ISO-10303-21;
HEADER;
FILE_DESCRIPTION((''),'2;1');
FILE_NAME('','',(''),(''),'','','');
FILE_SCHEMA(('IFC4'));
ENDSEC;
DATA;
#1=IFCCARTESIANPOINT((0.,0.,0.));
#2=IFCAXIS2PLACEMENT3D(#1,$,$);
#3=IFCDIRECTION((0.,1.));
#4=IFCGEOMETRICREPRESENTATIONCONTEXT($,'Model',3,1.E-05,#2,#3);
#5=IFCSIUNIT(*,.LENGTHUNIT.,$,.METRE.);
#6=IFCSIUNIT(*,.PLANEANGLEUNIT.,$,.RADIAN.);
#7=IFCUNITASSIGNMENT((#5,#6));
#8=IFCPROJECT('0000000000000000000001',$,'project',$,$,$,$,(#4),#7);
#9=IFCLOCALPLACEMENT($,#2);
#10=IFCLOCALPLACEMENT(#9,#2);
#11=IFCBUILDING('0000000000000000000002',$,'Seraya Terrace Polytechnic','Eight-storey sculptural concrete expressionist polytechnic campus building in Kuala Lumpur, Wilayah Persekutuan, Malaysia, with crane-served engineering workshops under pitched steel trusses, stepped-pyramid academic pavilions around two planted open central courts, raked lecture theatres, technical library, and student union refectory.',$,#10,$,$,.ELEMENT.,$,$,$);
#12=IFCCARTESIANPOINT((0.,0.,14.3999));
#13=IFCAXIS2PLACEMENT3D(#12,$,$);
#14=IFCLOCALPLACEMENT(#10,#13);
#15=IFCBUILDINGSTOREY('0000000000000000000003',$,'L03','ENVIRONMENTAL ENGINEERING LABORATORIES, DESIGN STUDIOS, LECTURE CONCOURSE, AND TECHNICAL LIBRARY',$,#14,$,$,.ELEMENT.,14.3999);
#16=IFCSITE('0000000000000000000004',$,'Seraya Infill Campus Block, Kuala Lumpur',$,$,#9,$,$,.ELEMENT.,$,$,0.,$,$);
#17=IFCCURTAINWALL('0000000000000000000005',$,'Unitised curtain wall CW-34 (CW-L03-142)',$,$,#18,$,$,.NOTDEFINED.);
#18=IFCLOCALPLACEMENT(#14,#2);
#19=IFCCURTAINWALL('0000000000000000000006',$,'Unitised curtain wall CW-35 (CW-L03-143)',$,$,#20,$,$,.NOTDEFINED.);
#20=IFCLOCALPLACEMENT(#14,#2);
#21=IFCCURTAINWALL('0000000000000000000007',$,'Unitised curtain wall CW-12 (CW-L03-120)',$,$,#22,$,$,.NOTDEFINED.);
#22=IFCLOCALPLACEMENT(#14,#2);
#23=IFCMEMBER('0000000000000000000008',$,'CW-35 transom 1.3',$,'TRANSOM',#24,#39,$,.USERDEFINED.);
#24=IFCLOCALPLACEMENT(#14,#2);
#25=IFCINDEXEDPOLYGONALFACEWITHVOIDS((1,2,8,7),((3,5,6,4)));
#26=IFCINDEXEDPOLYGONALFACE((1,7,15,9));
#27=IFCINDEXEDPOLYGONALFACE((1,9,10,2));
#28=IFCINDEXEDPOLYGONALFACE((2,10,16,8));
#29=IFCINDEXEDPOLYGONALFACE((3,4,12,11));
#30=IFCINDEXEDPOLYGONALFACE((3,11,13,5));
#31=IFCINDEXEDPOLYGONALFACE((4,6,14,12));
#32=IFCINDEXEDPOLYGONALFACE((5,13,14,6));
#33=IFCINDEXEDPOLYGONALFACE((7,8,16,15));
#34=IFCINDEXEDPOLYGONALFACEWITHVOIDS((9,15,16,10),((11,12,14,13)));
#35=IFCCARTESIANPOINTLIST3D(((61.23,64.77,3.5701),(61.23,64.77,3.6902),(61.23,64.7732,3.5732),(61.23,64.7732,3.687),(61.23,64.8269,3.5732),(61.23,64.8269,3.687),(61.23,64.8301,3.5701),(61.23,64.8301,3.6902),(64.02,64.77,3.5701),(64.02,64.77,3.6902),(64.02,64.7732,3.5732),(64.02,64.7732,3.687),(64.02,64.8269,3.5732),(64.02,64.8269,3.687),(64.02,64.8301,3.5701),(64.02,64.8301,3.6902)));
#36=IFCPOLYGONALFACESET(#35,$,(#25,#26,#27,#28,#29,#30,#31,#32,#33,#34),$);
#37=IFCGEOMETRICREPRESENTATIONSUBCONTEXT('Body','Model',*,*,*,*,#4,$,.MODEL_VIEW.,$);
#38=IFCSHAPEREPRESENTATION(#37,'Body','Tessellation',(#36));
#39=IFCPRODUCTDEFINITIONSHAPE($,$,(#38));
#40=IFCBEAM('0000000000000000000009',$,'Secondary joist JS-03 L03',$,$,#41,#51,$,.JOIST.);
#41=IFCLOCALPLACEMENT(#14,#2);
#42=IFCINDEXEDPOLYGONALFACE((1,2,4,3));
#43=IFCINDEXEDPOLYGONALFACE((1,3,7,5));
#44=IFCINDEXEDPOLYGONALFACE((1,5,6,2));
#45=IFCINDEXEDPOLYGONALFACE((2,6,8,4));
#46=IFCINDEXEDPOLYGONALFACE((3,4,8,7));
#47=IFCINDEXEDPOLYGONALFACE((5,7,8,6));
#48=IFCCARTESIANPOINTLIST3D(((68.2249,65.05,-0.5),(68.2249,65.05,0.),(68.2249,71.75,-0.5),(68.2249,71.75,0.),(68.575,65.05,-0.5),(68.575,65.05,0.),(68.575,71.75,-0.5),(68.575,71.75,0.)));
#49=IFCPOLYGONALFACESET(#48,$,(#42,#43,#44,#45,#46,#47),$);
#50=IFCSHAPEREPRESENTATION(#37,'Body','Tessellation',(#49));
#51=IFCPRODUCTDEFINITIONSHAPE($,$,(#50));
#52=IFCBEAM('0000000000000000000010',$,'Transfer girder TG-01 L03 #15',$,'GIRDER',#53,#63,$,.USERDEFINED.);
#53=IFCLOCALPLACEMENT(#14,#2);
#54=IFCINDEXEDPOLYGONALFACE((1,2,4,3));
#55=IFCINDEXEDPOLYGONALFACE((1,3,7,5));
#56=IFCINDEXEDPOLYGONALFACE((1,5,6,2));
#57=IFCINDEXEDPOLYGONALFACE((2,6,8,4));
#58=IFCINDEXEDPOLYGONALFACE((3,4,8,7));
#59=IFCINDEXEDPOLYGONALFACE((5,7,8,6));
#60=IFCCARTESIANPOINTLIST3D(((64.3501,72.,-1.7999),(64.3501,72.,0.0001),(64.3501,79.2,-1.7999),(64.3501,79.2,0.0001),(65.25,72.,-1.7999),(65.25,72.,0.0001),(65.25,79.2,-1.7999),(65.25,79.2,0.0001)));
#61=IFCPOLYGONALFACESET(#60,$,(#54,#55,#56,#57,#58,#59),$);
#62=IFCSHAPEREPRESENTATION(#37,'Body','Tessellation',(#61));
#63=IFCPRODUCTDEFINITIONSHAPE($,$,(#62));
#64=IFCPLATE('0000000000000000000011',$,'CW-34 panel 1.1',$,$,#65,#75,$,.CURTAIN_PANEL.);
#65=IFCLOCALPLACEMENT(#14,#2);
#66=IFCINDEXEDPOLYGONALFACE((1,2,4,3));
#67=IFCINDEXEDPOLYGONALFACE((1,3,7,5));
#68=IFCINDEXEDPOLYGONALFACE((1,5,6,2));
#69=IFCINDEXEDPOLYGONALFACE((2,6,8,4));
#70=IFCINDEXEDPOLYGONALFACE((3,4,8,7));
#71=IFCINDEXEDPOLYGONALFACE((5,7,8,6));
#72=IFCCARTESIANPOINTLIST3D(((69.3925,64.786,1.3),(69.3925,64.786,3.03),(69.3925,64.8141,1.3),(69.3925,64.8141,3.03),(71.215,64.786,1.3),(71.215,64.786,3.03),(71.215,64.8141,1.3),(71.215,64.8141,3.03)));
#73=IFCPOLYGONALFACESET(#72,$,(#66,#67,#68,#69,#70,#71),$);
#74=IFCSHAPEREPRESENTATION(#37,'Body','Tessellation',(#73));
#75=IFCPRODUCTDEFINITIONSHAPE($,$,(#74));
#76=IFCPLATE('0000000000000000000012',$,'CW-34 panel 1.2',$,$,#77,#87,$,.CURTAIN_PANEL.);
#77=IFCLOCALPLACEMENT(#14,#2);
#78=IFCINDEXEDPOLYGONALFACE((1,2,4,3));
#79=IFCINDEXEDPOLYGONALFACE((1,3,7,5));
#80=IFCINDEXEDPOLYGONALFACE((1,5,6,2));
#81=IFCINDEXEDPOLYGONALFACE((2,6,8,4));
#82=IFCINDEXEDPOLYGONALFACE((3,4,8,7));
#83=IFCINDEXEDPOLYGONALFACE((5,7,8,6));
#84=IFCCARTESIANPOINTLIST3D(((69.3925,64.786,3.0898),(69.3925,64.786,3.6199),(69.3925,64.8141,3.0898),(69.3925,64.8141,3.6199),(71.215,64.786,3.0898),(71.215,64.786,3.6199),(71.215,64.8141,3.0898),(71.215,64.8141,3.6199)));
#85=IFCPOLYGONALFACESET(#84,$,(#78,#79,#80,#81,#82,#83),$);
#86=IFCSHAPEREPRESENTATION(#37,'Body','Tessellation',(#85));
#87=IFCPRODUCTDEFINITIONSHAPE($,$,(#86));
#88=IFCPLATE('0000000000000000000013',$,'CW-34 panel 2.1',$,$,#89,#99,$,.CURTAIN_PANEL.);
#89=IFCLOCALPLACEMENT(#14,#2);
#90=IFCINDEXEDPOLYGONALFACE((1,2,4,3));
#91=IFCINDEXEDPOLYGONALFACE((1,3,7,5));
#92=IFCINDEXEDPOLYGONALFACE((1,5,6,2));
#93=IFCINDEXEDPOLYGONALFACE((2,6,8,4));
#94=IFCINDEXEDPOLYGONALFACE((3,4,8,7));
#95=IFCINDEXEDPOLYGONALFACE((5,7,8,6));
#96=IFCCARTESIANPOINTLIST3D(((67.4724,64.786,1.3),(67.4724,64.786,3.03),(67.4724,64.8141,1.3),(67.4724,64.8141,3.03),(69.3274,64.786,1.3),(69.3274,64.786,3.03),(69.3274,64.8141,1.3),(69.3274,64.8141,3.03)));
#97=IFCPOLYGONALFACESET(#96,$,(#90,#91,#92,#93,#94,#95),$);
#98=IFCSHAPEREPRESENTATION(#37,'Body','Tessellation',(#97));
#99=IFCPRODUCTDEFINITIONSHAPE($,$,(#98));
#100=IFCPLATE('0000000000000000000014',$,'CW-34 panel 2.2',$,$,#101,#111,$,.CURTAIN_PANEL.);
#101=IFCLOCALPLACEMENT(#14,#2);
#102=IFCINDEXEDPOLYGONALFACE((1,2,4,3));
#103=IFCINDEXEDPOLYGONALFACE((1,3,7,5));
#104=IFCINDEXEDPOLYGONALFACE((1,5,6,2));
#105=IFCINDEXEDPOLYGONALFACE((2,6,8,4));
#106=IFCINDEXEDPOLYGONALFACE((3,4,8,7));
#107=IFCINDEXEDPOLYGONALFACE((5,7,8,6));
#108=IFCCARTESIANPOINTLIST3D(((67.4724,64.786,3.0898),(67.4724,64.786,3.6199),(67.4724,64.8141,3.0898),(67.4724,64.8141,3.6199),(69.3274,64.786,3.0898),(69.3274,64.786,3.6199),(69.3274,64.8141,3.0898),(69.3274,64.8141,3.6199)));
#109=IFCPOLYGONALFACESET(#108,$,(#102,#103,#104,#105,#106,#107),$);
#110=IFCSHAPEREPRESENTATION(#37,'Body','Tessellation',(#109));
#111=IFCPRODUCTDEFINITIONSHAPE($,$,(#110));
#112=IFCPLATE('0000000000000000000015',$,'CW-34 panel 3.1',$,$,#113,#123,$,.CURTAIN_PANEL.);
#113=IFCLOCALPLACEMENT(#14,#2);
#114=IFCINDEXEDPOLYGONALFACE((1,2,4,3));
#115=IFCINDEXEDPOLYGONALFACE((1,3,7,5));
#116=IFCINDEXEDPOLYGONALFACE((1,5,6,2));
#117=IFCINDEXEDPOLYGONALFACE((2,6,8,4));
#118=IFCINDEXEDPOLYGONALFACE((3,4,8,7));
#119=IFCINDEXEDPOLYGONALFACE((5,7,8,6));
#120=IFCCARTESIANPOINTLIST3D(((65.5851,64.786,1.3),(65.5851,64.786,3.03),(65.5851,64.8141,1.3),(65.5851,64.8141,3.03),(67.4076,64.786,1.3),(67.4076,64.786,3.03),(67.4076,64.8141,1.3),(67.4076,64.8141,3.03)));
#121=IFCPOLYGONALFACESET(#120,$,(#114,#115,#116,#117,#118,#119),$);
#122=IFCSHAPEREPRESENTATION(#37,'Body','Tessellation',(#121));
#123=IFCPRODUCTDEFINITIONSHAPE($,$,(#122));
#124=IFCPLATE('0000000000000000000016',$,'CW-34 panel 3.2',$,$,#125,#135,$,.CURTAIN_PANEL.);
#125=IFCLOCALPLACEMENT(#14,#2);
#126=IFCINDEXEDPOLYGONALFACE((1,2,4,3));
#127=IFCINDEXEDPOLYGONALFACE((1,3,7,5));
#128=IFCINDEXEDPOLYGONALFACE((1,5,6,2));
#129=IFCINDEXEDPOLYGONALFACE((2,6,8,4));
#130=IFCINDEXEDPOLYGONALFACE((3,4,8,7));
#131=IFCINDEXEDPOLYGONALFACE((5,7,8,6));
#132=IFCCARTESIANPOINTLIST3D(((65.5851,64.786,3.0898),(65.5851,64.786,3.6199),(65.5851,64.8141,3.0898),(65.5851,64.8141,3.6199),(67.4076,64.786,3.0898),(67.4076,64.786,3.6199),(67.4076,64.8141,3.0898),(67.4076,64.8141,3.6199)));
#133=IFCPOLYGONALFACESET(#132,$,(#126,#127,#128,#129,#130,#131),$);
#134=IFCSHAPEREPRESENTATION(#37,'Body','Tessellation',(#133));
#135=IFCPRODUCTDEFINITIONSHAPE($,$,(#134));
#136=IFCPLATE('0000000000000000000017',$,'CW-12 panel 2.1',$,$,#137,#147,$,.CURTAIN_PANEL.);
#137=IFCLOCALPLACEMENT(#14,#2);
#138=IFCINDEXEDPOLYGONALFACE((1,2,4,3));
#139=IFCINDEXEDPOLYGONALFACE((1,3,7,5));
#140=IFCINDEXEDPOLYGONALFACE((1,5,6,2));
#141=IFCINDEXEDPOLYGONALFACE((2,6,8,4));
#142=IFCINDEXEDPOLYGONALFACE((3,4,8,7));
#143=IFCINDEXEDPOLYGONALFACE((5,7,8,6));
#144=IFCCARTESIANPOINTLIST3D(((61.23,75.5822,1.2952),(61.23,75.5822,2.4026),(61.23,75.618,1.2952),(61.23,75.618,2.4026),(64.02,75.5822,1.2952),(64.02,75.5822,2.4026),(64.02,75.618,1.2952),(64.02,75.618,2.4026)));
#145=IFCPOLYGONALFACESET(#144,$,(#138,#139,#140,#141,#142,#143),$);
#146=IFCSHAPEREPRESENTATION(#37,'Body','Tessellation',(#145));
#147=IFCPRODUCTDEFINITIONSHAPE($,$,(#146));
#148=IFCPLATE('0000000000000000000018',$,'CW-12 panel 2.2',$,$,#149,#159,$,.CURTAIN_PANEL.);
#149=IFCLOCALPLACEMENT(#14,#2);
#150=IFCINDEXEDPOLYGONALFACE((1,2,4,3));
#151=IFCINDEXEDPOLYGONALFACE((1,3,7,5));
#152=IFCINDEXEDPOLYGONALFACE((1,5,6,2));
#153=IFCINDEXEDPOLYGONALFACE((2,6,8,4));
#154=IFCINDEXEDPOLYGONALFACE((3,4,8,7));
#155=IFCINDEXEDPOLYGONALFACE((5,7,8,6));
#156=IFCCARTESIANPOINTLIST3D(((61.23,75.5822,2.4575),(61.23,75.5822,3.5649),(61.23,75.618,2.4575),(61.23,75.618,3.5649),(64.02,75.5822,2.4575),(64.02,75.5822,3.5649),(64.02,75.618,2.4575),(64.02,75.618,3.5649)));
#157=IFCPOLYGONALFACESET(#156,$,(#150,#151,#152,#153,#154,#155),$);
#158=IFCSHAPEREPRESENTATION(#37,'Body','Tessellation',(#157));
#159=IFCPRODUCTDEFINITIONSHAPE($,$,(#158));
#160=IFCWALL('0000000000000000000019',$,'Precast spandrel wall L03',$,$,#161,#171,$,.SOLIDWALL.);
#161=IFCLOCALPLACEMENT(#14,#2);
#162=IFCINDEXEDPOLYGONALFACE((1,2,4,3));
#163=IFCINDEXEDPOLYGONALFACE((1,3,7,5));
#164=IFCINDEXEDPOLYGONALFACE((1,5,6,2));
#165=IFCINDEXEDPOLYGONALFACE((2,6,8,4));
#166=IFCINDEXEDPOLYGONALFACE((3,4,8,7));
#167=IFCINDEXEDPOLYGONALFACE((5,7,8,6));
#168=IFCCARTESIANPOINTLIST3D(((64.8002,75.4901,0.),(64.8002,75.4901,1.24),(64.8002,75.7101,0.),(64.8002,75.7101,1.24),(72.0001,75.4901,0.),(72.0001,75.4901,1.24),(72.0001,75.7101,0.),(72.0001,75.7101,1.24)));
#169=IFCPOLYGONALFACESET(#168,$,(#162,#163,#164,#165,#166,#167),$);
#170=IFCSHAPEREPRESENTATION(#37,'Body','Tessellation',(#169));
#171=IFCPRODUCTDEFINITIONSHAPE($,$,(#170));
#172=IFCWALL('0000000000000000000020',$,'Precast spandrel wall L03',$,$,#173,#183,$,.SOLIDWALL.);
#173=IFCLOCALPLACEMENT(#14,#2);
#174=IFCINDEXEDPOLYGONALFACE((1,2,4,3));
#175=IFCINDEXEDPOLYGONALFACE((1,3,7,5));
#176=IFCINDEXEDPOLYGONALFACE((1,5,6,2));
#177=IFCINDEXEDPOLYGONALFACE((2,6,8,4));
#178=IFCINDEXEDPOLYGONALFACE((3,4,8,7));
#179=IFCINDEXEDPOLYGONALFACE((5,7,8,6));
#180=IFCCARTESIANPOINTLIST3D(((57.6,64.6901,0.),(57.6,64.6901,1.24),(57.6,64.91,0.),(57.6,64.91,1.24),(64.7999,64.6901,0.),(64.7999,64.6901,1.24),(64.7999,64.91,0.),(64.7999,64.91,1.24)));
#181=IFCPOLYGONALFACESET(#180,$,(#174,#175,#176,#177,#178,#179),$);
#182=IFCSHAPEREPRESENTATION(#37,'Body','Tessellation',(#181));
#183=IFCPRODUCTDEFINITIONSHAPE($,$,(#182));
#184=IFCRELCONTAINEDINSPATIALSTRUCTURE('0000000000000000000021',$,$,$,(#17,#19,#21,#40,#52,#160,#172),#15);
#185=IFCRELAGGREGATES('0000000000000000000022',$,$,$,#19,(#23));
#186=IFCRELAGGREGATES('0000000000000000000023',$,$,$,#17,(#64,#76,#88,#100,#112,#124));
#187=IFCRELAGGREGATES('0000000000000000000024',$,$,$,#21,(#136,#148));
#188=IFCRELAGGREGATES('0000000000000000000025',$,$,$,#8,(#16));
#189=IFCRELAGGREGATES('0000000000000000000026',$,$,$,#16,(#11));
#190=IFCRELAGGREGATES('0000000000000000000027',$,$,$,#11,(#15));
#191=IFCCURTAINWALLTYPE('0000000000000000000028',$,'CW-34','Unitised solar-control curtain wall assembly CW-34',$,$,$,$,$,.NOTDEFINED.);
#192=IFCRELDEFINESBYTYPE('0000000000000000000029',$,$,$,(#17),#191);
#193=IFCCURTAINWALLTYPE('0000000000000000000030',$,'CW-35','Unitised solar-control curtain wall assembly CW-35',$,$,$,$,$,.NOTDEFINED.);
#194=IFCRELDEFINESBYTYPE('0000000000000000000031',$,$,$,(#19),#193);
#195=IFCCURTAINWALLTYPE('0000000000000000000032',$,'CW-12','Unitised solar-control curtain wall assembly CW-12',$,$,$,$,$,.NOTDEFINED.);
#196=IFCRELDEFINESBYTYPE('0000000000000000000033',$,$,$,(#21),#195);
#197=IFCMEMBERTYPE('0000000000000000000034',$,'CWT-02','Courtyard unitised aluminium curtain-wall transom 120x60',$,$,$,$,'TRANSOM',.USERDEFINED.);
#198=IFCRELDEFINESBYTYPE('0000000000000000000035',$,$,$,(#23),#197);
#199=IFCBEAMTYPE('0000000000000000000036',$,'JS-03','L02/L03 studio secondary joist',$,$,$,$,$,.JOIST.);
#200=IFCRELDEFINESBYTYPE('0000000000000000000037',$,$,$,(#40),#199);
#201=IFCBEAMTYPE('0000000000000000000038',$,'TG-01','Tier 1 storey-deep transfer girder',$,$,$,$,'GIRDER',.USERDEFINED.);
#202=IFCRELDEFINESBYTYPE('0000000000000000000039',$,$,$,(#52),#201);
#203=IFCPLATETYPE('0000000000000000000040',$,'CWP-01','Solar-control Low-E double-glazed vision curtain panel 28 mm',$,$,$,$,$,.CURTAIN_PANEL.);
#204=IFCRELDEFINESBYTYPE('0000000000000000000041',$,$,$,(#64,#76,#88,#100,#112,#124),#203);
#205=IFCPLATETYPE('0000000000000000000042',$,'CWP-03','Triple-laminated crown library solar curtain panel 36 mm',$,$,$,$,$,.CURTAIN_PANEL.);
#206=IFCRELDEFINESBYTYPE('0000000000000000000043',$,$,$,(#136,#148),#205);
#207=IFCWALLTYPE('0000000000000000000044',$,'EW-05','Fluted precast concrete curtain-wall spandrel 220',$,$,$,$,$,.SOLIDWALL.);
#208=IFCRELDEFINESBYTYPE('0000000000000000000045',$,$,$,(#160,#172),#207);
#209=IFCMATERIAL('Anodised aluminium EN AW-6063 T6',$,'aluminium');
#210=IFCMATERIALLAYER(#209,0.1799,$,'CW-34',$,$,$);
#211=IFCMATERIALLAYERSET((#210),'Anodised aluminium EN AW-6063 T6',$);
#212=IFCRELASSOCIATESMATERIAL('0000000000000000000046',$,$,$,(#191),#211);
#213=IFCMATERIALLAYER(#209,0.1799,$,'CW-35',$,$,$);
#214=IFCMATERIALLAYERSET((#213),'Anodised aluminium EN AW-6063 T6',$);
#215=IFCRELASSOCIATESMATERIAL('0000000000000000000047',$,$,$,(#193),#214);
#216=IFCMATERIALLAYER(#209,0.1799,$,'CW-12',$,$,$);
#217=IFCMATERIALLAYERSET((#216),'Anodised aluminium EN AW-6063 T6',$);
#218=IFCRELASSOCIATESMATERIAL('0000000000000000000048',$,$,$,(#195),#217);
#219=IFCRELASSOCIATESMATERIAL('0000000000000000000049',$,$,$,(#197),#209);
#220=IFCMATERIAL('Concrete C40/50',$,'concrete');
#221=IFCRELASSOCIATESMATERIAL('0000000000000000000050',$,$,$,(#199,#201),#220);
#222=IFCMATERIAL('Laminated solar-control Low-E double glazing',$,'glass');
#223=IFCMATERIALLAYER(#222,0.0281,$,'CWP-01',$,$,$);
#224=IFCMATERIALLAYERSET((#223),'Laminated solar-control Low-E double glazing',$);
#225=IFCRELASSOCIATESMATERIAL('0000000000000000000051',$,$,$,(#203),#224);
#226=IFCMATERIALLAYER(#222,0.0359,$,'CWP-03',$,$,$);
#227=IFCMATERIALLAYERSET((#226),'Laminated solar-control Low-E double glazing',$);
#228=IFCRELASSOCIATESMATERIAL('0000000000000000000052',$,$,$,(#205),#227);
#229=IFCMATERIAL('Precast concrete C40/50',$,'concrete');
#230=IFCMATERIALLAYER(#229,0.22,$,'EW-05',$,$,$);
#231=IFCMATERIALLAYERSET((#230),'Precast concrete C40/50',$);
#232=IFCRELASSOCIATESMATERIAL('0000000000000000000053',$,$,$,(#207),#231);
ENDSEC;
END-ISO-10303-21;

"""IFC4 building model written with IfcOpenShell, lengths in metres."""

from ifc_helpers import new_model, si_unit, direction, frame, frame_2d, origin, origin_2d, place, context, subcontext, project, spatial, rectangle, hollow_rectangle, extrude, material, layer, layer_set, material_profile, profile_set, type_object, element, aggregate, save


model = new_model("IFC4")

# Units and contexts
model_context = context("Model", 3, precision=1e-05, world=origin(), true_north=direction((0.0, 1.0)))
body_context = subcontext(model_context, "Body", "Model", "MODEL_VIEW")
ifc_project = project(units=[si_unit("LENGTHUNIT", "METRE"), si_unit("PLANEANGLEUNIT", "RADIAN")], contexts=[model_context])

# Site, building, storey
site_placement = place(None, origin())
site = spatial("IfcSite", under=ifc_project, at=site_placement, Name="Seraya Infill Campus Block, Kuala Lumpur", CompositionType="ELEMENT", RefElevation=0.0)
building_placement = place(site_placement, origin())
building = spatial("IfcBuilding", under=site, at=building_placement, Name="Seraya Terrace Polytechnic", Description="Eight-storey sculptural concrete expressionist polytechnic campus building in Kuala Lumpur, Wilayah Persekutuan, Malaysia, with crane-served engineering workshops under pitched steel trusses, stepped-pyramid academic pavilions around two planted open central courts, raked lecture theatres, technical library, and student union refectory.", CompositionType="ELEMENT")
storey_placement = place(building_placement, frame((0.0, 0.0, 14.3999)))
storey = spatial("IfcBuildingStorey", under=building, at=storey_placement, Name="L03", Description="ENVIRONMENTAL ENGINEERING LABORATORIES, DESIGN STUDIOS, LECTURE CONCOURSE, AND TECHNICAL LIBRARY", CompositionType="ELEMENT", Elevation=14.3999)

# Shared definitions
ifc_material_1 = material(Name="Concrete C40/50", Category="concrete")

# Shared definitions
ifc_material_2 = material(Name="Anodised aluminium EN AW-6063 T6", Category="aluminium")

# Curtain wall
ifc_layer_1 = layer(ifc_material_2, 0.1799, Name="CW-34")
ifc_layer_set_1 = layer_set([ifc_layer_1], Name="Anodised aluminium EN AW-6063 T6")
curtain_wall_type_1 = type_object("IfcCurtainWallType", Name="CW-34", Description="Unitised solar-control curtain wall assembly CW-34", PredefinedType="NOTDEFINED", material=ifc_layer_set_1)
curtain_wall_1_placement = place(storey_placement, origin())
curtain_wall_1 = element("IfcCurtainWall", 1, at=curtain_wall_1_placement, inside=storey, type_object=curtain_wall_type_1, Name="Unitised curtain wall CW-34 (CW-L03-142)", PredefinedType="NOTDEFINED")

# Curtain walls
ifc_layer_2 = layer(ifc_material_2, 0.1799, Name="CW-35")
ifc_layer_set_2 = layer_set([ifc_layer_2], Name="Anodised aluminium EN AW-6063 T6")
curtain_wall_type_2 = type_object("IfcCurtainWallType", Name="CW-35", Description="Unitised solar-control curtain wall assembly CW-35", PredefinedType="NOTDEFINED", material=ifc_layer_set_2)
curtain_wall_2_placement = place(storey_placement, origin())
curtain_wall_2 = element("IfcCurtainWall", 2, at=curtain_wall_2_placement, inside=storey, type_object=curtain_wall_type_2, Name="Unitised curtain wall CW-35 (CW-L03-143)", PredefinedType="NOTDEFINED")
ifc_layer_3 = layer(ifc_material_2, 0.1799, Name="CW-12")
ifc_layer_set_3 = layer_set([ifc_layer_3], Name="Anodised aluminium EN AW-6063 T6")
curtain_wall_type_3 = type_object("IfcCurtainWallType", Name="CW-12", Description="Unitised solar-control curtain wall assembly CW-12", PredefinedType="NOTDEFINED", material=ifc_layer_set_3)
curtain_wall_3_placement = place(storey_placement, origin())
curtain_wall_3 = element("IfcCurtainWall", 3, at=curtain_wall_3_placement, inside=storey, type_object=curtain_wall_type_3, Name="Unitised curtain wall CW-12 (CW-L03-120)", PredefinedType="NOTDEFINED")

# Member
ifc_material_profile_1 = material_profile(ifc_material_2, hollow_rectangle(XDim=0.0601, YDim=0.1201, WallThickness=0.0032, at=origin_2d()), Name="RHS 120x60x3.2")
ifc_profile_set_1 = profile_set([ifc_material_profile_1], Name="Anodised aluminium EN AW-6063 T6")
member_type_1 = type_object("IfcMemberType", Name="CWT-02", Description="Courtyard unitised aluminium curtain-wall transom 120x60", ElementType="TRANSOM", PredefinedType="USERDEFINED", material=ifc_profile_set_1)
member_1_placement = place(storey_placement, frame((64.02, 64.8, 3.6301), z_axis=(-1.0, 0.0, 0.0), x_axis=(0.0, -1.0, 0.0)))
member_1 = element("IfcMember", 4, at=member_1_placement, type_object=member_type_1, Name="CW-35 transom 1.3", ObjectType="TRANSOM", PredefinedType="USERDEFINED", context=body_context, shape_type="SweptSolid", body=[
    extrude(hollow_rectangle(XDim=0.0601, YDim=0.1201, WallThickness=0.0032, at=origin_2d()), origin(), (0.0, 0.0, 1.0), 2.79),
])
aggregate(curtain_wall_2, [member_1])

# Beams
ifc_material_profile_2 = material_profile(ifc_material_1, rectangle(XDim=0.3501, YDim=0.5, at=origin_2d()), Name="RC 350x500")
ifc_profile_set_2 = profile_set([ifc_material_profile_2], Name="Concrete C40/50")
beam_type_1 = type_object("IfcBeamType", Name="JS-03", Description="L02/L03 studio secondary joist", PredefinedType="JOIST", material=ifc_profile_set_2)
beam_1_placement = place(storey_placement, frame((68.3999, 65.05, -0.25), z_axis=(0.0, 1.0, 0.0), x_axis=(-1.0, 0.0, 0.0)))
element("IfcBeam", 5, at=beam_1_placement, inside=storey, type_object=beam_type_1, Name="Secondary joist JS-03 L03", PredefinedType="JOIST", context=body_context, shape_type="SweptSolid", body=[
    extrude(rectangle(XDim=0.3501, YDim=0.5, at=origin_2d()), origin(), (0.0, 0.0, 1.0), 6.7),
])
ifc_material_profile_3 = material_profile(ifc_material_1, rectangle(XDim=0.8999, YDim=1.8, at=origin_2d()), Name="RC 900x1800")
ifc_profile_set_3 = profile_set([ifc_material_profile_3], Name="Concrete C40/50")
beam_type_2 = type_object("IfcBeamType", Name="TG-01", Description="Tier 1 storey-deep transfer girder", ElementType="GIRDER", PredefinedType="USERDEFINED", material=ifc_profile_set_3)
beam_2_placement = place(storey_placement, frame((64.8, 72.0, -0.8999), z_axis=(0.0, 1.0, 0.0), x_axis=(-1.0, 0.0, 0.0)))
element("IfcBeam", 6, at=beam_2_placement, inside=storey, type_object=beam_type_2, Name="Transfer girder TG-01 L03 #15", ObjectType="GIRDER", PredefinedType="USERDEFINED", context=body_context, shape_type="SweptSolid", body=[
    extrude(rectangle(XDim=0.8999, YDim=1.8, at=origin_2d()), origin(), (0.0, 0.0, 1.0), 7.2),
])

# Plates
ifc_material_3 = material(Name="Laminated solar-control Low-E double glazing", Category="glass")
ifc_layer_4 = layer(ifc_material_3, 0.0281, Name="CWP-01")
ifc_layer_set_4 = layer_set([ifc_layer_4], Name="Laminated solar-control Low-E double glazing")
plate_type_1 = type_object("IfcPlateType", Name="CWP-01", Description="Solar-control Low-E double-glazed vision curtain panel 28 mm", PredefinedType="CURTAIN_PANEL", material=ifc_layer_set_4)
plate_1_placement = place(storey_placement, frame((70.3037, 64.8, 1.3), z_axis=(0.0, 0.0, 1.0), x_axis=(-1.0, 0.0, 0.0)))
plate_1 = element("IfcPlate", 7, at=plate_1_placement, type_object=plate_type_1, Name="CW-34 panel 1.1", PredefinedType="CURTAIN_PANEL", context=body_context, shape_type="SweptSolid", body=[
    extrude(rectangle(XDim=1.8225, YDim=0.0281, at=origin_2d()), origin(), (0.0, 0.0, 1.0), 1.73),
])
plate_2_placement = place(storey_placement, frame((70.3037, 64.8, 3.0898), z_axis=(0.0, 0.0, 1.0), x_axis=(-1.0, 0.0, 0.0)))
plate_2 = element("IfcPlate", 8, at=plate_2_placement, type_object=plate_type_1, Name="CW-34 panel 1.2", PredefinedType="CURTAIN_PANEL", context=body_context, shape_type="SweptSolid", body=[
    extrude(rectangle(XDim=1.8225, YDim=0.0281, at=origin_2d()), origin(), (0.0, 0.0, 1.0), 0.53),
])
plate_3_placement = place(storey_placement, frame((68.3999, 64.8, 1.3), z_axis=(0.0, 0.0, 1.0), x_axis=(-1.0, 0.0, 0.0)))
plate_3 = element("IfcPlate", 9, at=plate_3_placement, type_object=plate_type_1, Name="CW-34 panel 2.1", PredefinedType="CURTAIN_PANEL", context=body_context, shape_type="SweptSolid", body=[
    extrude(rectangle(XDim=1.855, YDim=0.0281, at=origin_2d()), origin(), (0.0, 0.0, 1.0), 1.73),
])
plate_4_placement = place(storey_placement, frame((68.3999, 64.8, 3.0898), z_axis=(0.0, 0.0, 1.0), x_axis=(-1.0, 0.0, 0.0)))
plate_4 = element("IfcPlate", 10, at=plate_4_placement, type_object=plate_type_1, Name="CW-34 panel 2.2", PredefinedType="CURTAIN_PANEL", context=body_context, shape_type="SweptSolid", body=[
    extrude(rectangle(XDim=1.855, YDim=0.0281, at=origin_2d()), origin(), (0.0, 0.0, 1.0), 0.53),
])
plate_5_placement = place(storey_placement, frame((66.4963, 64.8, 1.3), z_axis=(0.0, 0.0, 1.0), x_axis=(-1.0, 0.0, 0.0)))
plate_5 = element("IfcPlate", 11, at=plate_5_placement, type_object=plate_type_1, Name="CW-34 panel 3.1", PredefinedType="CURTAIN_PANEL", context=body_context, shape_type="SweptSolid", body=[
    extrude(rectangle(XDim=1.8225, YDim=0.0281, at=origin_2d()), origin(), (0.0, 0.0, 1.0), 1.73),
])
plate_6_placement = place(storey_placement, frame((66.4963, 64.8, 3.0898), z_axis=(0.0, 0.0, 1.0), x_axis=(-1.0, 0.0, 0.0)))
plate_6 = element("IfcPlate", 12, at=plate_6_placement, type_object=plate_type_1, Name="CW-34 panel 3.2", PredefinedType="CURTAIN_PANEL", context=body_context, shape_type="SweptSolid", body=[
    extrude(rectangle(XDim=1.8225, YDim=0.0281, at=origin_2d()), origin(), (0.0, 0.0, 1.0), 0.53),
])
aggregate(curtain_wall_1, [plate_1, plate_2, plate_3, plate_4, plate_5, plate_6])
ifc_layer_5 = layer(ifc_material_3, 0.0359, Name="CWP-03")
ifc_layer_set_5 = layer_set([ifc_layer_5], Name="Laminated solar-control Low-E double glazing")
plate_type_2 = type_object("IfcPlateType", Name="CWP-03", Description="Triple-laminated crown library solar curtain panel 36 mm", PredefinedType="CURTAIN_PANEL", material=ifc_layer_set_5)
plate_7_placement = place(storey_placement, frame((62.625, 75.6001, 1.2952), z_axis=(0.0, 0.0, 1.0), x_axis=(1.0, 0.0, 0.0)))
plate_7 = element("IfcPlate", 13, at=plate_7_placement, type_object=plate_type_2, Name="CW-12 panel 2.1", PredefinedType="CURTAIN_PANEL", context=body_context, shape_type="SweptSolid", body=[
    extrude(rectangle(XDim=2.79, YDim=0.0359, at=origin_2d()), origin(), (0.0, 0.0, 1.0), 1.1074),
])
plate_8_placement = place(storey_placement, frame((62.625, 75.6001, 2.4575), z_axis=(0.0, 0.0, 1.0), x_axis=(1.0, 0.0, 0.0)))
plate_8 = element("IfcPlate", 14, at=plate_8_placement, type_object=plate_type_2, Name="CW-12 panel 2.2", PredefinedType="CURTAIN_PANEL", context=body_context, shape_type="SweptSolid", body=[
    extrude(rectangle(XDim=2.79, YDim=0.0359, at=origin_2d()), origin(), (0.0, 0.0, 1.0), 1.1074),
])
aggregate(curtain_wall_3, [plate_7, plate_8])

# Walls
ifc_material_4 = material(Name="Precast concrete C40/50", Category="concrete")
ifc_layer_6 = layer(ifc_material_4, 0.22, Name="EW-05")
ifc_layer_set_6 = layer_set([ifc_layer_6], Name="Precast concrete C40/50")
wall_type = type_object("IfcWallType", Name="EW-05", Description="Fluted precast concrete curtain-wall spandrel 220", PredefinedType="SOLIDWALL", material=ifc_layer_set_6)
for number, where, z_axis, x_axis, name in (
    (15, (64.8, 75.6001, 0.0), (0.0, 0.0, 1.0), (1.0, 0.0, 0.0), "Precast spandrel wall L03"),
    (16, (64.8, 64.8, 0.0), (0.0, 0.0, 1.0), (-1.0, 0.0, 0.0), "Precast spandrel wall L03"),
):
    element("IfcWall", number, at=place(storey_placement, frame(where, z_axis=z_axis, x_axis=x_axis)), inside=storey, type_object=wall_type, Name=name, PredefinedType="SOLIDWALL", context=body_context, shape_type="SweptSolid", body=[
        extrude(rectangle(XDim=7.2, YDim=0.22, at=frame_2d((3.6001, 0.0))), origin(), (0.0, 0.0, 1.0), 1.24),
    ])

save(model, "model.ifc")
